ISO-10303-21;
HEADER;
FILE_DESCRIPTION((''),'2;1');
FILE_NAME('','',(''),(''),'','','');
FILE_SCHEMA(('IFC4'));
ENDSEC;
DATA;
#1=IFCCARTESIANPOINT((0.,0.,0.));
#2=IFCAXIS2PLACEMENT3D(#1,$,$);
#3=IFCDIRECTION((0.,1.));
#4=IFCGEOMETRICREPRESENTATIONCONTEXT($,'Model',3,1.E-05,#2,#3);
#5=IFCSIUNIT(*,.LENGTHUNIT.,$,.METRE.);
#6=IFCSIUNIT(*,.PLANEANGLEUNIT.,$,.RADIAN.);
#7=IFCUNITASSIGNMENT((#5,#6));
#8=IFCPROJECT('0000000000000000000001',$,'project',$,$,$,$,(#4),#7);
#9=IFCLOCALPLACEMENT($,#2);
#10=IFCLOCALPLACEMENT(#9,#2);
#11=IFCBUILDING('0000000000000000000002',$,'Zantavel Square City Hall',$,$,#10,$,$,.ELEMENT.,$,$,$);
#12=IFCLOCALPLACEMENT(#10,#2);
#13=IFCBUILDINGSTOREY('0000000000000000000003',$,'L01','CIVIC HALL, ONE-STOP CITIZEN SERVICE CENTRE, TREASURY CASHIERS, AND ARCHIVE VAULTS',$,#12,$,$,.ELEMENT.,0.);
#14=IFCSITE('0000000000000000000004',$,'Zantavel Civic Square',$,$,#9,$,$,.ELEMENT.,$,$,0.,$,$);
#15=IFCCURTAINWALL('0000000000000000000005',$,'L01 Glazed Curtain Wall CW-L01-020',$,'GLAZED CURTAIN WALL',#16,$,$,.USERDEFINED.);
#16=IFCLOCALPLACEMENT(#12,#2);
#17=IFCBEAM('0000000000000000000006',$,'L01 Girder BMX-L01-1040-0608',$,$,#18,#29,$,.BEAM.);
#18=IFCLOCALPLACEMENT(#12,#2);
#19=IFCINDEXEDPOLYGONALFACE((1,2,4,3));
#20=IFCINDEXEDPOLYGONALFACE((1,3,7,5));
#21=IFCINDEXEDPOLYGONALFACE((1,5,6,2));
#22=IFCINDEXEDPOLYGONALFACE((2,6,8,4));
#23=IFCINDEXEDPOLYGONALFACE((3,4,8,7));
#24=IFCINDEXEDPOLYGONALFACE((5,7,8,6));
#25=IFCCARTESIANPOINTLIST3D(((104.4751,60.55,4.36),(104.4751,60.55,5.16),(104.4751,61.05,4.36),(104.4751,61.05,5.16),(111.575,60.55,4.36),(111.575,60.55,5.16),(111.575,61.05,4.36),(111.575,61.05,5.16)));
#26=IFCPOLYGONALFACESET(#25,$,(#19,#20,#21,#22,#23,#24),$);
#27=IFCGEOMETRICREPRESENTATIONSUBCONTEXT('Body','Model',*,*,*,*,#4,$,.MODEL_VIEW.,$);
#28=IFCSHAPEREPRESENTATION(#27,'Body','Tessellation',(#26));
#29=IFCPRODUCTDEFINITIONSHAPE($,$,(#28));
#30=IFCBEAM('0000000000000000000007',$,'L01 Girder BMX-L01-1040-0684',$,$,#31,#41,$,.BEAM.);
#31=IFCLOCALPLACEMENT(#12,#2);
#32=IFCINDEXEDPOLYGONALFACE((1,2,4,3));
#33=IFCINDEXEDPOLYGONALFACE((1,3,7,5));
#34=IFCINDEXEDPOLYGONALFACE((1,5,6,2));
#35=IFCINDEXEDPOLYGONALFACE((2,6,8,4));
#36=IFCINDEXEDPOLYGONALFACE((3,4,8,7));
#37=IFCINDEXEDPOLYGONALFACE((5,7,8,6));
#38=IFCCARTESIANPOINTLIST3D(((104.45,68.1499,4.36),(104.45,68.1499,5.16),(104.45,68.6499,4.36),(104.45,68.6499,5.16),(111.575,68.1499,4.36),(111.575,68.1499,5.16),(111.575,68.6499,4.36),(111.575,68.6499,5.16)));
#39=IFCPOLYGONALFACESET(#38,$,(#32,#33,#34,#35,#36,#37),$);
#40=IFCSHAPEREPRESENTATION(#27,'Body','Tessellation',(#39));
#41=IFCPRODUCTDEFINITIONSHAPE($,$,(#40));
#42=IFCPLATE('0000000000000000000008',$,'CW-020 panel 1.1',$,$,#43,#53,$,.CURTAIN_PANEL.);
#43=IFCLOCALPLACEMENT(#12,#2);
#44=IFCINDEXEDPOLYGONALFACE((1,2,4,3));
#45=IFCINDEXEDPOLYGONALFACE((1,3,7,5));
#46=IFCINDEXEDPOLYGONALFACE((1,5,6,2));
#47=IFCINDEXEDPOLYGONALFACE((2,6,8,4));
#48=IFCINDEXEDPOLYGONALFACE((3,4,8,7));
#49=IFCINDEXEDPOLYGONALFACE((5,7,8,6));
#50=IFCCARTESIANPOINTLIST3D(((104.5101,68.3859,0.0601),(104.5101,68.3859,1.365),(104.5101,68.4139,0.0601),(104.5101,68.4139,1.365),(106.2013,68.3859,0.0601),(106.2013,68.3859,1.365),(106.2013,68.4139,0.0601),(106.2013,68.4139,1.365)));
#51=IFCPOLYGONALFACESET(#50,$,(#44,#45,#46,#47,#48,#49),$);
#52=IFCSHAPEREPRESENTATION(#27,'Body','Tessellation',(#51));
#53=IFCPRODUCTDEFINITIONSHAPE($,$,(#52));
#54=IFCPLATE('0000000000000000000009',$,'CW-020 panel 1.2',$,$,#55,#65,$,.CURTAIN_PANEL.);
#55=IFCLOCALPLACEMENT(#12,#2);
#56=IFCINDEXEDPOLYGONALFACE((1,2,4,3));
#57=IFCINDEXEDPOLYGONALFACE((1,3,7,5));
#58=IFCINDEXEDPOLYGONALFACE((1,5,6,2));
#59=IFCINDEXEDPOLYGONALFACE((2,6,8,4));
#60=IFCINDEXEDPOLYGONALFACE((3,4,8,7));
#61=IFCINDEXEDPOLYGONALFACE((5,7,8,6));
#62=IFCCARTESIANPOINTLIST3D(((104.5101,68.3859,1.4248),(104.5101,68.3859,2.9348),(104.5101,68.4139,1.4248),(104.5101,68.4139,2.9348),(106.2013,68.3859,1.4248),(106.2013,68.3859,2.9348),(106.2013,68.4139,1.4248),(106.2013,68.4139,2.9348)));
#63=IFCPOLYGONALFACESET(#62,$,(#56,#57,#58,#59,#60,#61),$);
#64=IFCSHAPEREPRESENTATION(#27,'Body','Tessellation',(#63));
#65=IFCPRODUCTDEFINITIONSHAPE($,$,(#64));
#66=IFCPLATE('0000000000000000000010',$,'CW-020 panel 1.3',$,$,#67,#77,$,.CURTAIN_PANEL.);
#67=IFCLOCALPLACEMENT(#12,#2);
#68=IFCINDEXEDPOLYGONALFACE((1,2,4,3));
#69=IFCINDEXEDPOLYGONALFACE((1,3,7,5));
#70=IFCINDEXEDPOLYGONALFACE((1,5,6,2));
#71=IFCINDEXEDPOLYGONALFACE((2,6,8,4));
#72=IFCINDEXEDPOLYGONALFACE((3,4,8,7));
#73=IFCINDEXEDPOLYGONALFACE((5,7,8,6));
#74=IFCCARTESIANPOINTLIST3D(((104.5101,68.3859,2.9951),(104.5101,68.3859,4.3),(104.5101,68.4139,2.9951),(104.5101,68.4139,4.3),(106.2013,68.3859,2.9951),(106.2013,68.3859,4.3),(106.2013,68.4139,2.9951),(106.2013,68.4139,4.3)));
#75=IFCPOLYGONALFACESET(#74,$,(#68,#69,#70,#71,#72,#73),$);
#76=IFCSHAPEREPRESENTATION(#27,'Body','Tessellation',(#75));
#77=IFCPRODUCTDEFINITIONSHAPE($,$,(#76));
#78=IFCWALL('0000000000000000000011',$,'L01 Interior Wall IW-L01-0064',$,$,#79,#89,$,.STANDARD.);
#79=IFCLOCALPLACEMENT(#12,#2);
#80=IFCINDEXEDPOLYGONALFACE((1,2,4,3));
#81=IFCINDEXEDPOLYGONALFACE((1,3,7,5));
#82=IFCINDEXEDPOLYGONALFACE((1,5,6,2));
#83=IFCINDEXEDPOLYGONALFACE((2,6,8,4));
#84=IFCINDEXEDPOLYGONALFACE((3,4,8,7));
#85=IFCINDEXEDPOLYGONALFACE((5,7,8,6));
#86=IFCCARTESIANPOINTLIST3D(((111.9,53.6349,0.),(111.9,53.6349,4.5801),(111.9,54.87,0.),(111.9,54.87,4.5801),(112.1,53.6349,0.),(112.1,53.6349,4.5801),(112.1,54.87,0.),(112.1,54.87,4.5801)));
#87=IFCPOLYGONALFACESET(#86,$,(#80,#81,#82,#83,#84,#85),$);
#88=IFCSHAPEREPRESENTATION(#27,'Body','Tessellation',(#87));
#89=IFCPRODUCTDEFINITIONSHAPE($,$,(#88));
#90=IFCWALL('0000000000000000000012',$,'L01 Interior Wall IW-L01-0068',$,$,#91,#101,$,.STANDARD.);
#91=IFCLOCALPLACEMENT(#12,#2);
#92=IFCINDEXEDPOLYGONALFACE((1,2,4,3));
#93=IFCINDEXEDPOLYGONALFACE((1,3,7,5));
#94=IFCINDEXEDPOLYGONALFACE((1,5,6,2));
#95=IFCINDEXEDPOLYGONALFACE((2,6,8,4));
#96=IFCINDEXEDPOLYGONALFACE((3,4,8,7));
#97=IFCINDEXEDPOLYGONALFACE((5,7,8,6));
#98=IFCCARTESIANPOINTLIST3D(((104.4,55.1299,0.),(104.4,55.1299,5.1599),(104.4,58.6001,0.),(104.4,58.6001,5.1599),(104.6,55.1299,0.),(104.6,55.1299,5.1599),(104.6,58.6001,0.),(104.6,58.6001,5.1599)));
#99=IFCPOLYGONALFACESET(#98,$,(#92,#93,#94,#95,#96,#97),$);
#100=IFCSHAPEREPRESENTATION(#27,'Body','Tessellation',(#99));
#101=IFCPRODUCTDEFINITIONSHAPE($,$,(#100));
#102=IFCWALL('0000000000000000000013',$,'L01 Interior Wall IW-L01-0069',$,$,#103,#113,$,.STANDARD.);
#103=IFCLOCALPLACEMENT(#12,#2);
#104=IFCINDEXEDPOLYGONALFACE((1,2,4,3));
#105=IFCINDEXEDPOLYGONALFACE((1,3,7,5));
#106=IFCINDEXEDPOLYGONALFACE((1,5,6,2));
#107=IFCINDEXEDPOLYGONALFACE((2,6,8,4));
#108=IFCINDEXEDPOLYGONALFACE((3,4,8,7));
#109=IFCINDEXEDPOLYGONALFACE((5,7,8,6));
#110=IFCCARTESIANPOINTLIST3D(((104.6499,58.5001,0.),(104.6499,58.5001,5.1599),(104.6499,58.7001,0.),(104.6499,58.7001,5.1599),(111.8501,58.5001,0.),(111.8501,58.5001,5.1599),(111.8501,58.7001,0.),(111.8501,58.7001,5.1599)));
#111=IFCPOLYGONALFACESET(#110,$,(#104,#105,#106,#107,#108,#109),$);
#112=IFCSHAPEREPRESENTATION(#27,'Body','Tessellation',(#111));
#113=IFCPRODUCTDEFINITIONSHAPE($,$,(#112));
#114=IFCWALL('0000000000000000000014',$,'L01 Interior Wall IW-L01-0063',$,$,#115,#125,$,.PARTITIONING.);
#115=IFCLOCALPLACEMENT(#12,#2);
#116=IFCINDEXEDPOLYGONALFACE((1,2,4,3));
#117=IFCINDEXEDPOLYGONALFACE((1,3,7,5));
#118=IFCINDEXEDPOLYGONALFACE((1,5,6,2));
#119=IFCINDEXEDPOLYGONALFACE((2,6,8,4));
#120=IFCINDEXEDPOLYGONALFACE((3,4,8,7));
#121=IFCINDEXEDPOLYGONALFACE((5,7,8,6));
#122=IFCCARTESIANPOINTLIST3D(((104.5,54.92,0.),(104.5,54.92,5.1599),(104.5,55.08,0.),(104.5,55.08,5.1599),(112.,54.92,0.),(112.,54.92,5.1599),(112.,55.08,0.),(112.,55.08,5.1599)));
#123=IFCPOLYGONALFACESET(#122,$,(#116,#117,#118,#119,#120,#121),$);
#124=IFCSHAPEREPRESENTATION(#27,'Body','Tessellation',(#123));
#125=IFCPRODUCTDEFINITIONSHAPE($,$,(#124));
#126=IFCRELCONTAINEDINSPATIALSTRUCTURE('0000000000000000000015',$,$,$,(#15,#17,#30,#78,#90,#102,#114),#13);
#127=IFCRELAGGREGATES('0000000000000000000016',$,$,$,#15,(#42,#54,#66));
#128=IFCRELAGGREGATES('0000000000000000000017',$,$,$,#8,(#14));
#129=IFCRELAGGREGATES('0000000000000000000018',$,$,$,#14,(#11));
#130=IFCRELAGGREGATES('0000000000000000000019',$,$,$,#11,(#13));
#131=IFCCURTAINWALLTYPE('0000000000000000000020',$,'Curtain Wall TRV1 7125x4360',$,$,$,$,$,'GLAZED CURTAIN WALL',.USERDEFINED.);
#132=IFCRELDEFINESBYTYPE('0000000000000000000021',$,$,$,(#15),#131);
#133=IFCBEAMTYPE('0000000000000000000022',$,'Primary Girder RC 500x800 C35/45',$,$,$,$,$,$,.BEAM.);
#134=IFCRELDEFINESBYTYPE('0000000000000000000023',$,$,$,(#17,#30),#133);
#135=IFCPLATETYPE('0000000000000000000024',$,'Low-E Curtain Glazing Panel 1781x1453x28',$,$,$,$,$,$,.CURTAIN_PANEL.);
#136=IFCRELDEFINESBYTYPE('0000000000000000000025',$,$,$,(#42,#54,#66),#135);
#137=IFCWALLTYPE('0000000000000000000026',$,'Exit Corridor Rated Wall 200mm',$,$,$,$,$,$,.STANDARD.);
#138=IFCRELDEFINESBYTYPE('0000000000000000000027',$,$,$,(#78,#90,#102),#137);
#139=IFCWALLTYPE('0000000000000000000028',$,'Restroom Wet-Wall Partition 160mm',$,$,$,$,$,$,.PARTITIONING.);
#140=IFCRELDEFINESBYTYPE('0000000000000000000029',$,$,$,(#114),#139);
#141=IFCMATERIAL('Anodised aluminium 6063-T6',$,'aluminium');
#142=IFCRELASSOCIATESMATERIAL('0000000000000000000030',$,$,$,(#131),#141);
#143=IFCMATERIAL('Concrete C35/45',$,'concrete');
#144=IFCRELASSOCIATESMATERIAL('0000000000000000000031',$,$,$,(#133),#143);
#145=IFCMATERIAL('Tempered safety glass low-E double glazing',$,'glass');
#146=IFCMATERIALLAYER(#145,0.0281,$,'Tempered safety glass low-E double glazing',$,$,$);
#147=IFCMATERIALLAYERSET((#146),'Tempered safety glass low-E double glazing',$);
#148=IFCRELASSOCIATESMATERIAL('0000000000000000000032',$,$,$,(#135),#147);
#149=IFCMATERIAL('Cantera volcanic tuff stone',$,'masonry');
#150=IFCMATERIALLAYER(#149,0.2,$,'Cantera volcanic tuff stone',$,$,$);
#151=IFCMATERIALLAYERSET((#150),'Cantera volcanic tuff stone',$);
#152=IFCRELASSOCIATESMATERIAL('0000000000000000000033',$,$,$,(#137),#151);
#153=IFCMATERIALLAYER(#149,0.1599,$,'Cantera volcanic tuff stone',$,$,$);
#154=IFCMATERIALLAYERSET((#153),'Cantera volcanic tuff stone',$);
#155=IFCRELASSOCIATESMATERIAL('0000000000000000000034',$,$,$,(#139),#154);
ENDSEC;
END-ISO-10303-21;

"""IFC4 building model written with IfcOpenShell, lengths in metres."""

from ifc_helpers import new_model, si_unit, direction, frame, frame_2d, origin, origin_2d, place, context, subcontext, project, spatial, rectangle, extrude, material, layer, layer_set, material_profile, profile_set, type_object, element, aggregate, save


model = new_model("IFC4")

# Units and contexts
model_context = context("Model", 3, precision=1e-05, world=origin(), true_north=direction((0.0, 1.0)))
body_context = subcontext(model_context, "Body", "Model", "MODEL_VIEW")
ifc_project = project(units=[si_unit("LENGTHUNIT", "METRE"), si_unit("PLANEANGLEUNIT", "RADIAN")], contexts=[model_context])

# Site, building, storey
site_placement = place(None, origin())
site = spatial("IfcSite", under=ifc_project, at=site_placement, Name="Zantavel Civic Square", CompositionType="ELEMENT", RefElevation=0.0)
building_placement = place(site_placement, origin())
building = spatial("IfcBuilding", under=site, at=building_placement, Name="Zantavel Square City Hall", CompositionType="ELEMENT")
storey_placement = place(building_placement, origin())
storey = spatial("IfcBuildingStorey", under=building, at=storey_placement, Name="L01", Description="CIVIC HALL, ONE-STOP CITIZEN SERVICE CENTRE, TREASURY CASHIERS, AND ARCHIVE VAULTS", CompositionType="ELEMENT", Elevation=0.0)

# Shared definitions
ifc_material_1 = material(Name="Concrete C35/45", Category="concrete")

# Curtain wall
ifc_material_2 = material(Name="Anodised aluminium 6063-T6", Category="aluminium")
curtain_wall_type = type_object("IfcCurtainWallType", Name="Curtain Wall TRV1 7125x4360", ElementType="GLAZED CURTAIN WALL", PredefinedType="USERDEFINED", material=ifc_material_2)
curtain_wall_placement = place(storey_placement, origin())
curtain_wall = element("IfcCurtainWall", 1, at=curtain_wall_placement, inside=storey, type_object=curtain_wall_type, Name="L01 Glazed Curtain Wall CW-L01-020", ObjectType="GLAZED CURTAIN WALL", PredefinedType="USERDEFINED")

# Beams
ifc_material_profile_1 = material_profile(ifc_material_1, rectangle(XDim=0.5, YDim=0.8, at=origin_2d()), Name="RC 500x800")
ifc_profile_set_1 = profile_set([ifc_material_profile_1], Name="Concrete C35/45")
beam_type_1 = type_object("IfcBeamType", Name="Primary Girder RC 500x800 C35/45", PredefinedType="BEAM", material=ifc_profile_set_1)
beam_1_placement = place(storey_placement, frame((104.4751, 60.8, 4.76), z_axis=(1.0, 0.0, 0.0), x_axis=(0.0, 1.0, 0.0)))
element("IfcBeam", 2, at=beam_1_placement, inside=storey, type_object=beam_type_1, Name="L01 Girder BMX-L01-1040-0608", PredefinedType="BEAM", context=body_context, shape_type="SweptSolid", body=[
    extrude(rectangle(XDim=0.5, YDim=0.8, at=origin_2d()), origin(), (0.0, 0.0, 1.0), 7.0999),
])
beam_2_placement = place(storey_placement, frame((104.45, 68.3999, 4.76), z_axis=(1.0, 0.0, 0.0), x_axis=(0.0, 1.0, 0.0)))
element("IfcBeam", 3, at=beam_2_placement, inside=storey, type_object=beam_type_1, Name="L01 Girder BMX-L01-1040-0684", PredefinedType="BEAM", context=body_context, shape_type="SweptSolid", body=[
    extrude(rectangle(XDim=0.5, YDim=0.8, at=origin_2d()), origin(), (0.0, 0.0, 1.0), 7.125),
])

# Plates
ifc_material_3 = material(Name="Tempered safety glass low-E double glazing", Category="glass")
ifc_layer_1 = layer(ifc_material_3, 0.0281, Name="Tempered safety glass low-E double glazing")
ifc_layer_set_1 = layer_set([ifc_layer_1], Name="Tempered safety glass low-E double glazing")
plate_type = type_object("IfcPlateType", Name="Low-E Curtain Glazing Panel 1781x1453x28", PredefinedType="CURTAIN_PANEL", material=ifc_layer_set_1)
plate_1_placement = place(storey_placement, frame((105.3557, 68.3999, 0.0601), z_axis=(0.0, 0.0, 1.0), x_axis=(1.0, 0.0, 0.0)))
plate_1 = element("IfcPlate", 4, at=plate_1_placement, type_object=plate_type, Name="CW-020 panel 1.1", PredefinedType="CURTAIN_PANEL", context=body_context, shape_type="SweptSolid", body=[
    extrude(rectangle(XDim=1.6912, YDim=0.0281, at=origin_2d()), origin(), (0.0, 0.0, 1.0), 1.3049),
])
plate_2_placement = place(storey_placement, frame((105.3557, 68.3999, 1.4248), z_axis=(0.0, 0.0, 1.0), x_axis=(1.0, 0.0, 0.0)))
plate_2 = element("IfcPlate", 5, at=plate_2_placement, type_object=plate_type, Name="CW-020 panel 1.2", PredefinedType="CURTAIN_PANEL", context=body_context, shape_type="SweptSolid", body=[
    extrude(rectangle(XDim=1.6912, YDim=0.0281, at=origin_2d()), origin(), (0.0, 0.0, 1.0), 1.51),
])
plate_3_placement = place(storey_placement, frame((105.3557, 68.3999, 2.9951), z_axis=(0.0, 0.0, 1.0), x_axis=(1.0, 0.0, 0.0)))
plate_3 = element("IfcPlate", 6, at=plate_3_placement, type_object=plate_type, Name="CW-020 panel 1.3", PredefinedType="CURTAIN_PANEL", context=body_context, shape_type="SweptSolid", body=[
    extrude(rectangle(XDim=1.6912, YDim=0.0281, at=origin_2d()), origin(), (0.0, 0.0, 1.0), 1.3049),
])
aggregate(curtain_wall, [plate_1, plate_2, plate_3])

# Wall
ifc_material_4 = material(Name="Cantera volcanic tuff stone", Category="masonry")
ifc_layer_2 = layer(ifc_material_4, 0.2, Name="Cantera volcanic tuff stone")
ifc_layer_set_2 = layer_set([ifc_layer_2], Name="Cantera volcanic tuff stone")
wall_type_1 = type_object("IfcWallType", Name="Exit Corridor Rated Wall 200mm", PredefinedType="STANDARD", material=ifc_layer_set_2)
wall_1_placement = place(storey_placement, frame((112.0, 54.8701, 0.0), z_axis=(0.0, 0.0, 1.0), x_axis=(0.0, -1.0, 0.0)))
element("IfcWall", 7, at=wall_1_placement, inside=storey, type_object=wall_type_1, Name="L01 Interior Wall IW-L01-0064", PredefinedType="STANDARD", context=body_context, shape_type="SweptSolid", body=[
    extrude(rectangle(XDim=1.2351, YDim=0.2, at=frame_2d((0.6177, 0.0))), origin(), (0.0, 0.0, 1.0), 4.5801),
])

# Walls
wall_2_placement = place(storey_placement, frame((104.5, 55.1299, 0.0), z_axis=(0.0, 0.0, 1.0), x_axis=(0.0, 1.0, 0.0)))
element("IfcWall", 8, at=wall_2_placement, inside=storey, type_object=wall_type_1, Name="L01 Interior Wall IW-L01-0068", PredefinedType="STANDARD", context=body_context, shape_type="SweptSolid", body=[
    extrude(rectangle(XDim=3.4702, YDim=0.2, at=frame_2d((1.7351, 0.0))), origin(), (0.0, 0.0, 1.0), 5.1599),
])
wall_3_placement = place(storey_placement, frame((104.6499, 58.6001, 0.0), z_axis=(0.0, 0.0, 1.0), x_axis=(1.0, 0.0, 0.0)))
element("IfcWall", 9, at=wall_3_placement, inside=storey, type_object=wall_type_1, Name="L01 Interior Wall IW-L01-0069", PredefinedType="STANDARD", context=body_context, shape_type="SweptSolid", body=[
    extrude(rectangle(XDim=7.2002, YDim=0.2, at=frame_2d((3.6001, 0.0))), origin(), (0.0, 0.0, 1.0), 5.1599),
])
ifc_layer_3 = layer(ifc_material_4, 0.1599, Name="Cantera volcanic tuff stone")
ifc_layer_set_3 = layer_set([ifc_layer_3], Name="Cantera volcanic tuff stone")
wall_type_2 = type_object("IfcWallType", Name="Restroom Wet-Wall Partition 160mm", PredefinedType="PARTITIONING", material=ifc_layer_set_3)
wall_4_placement = place(storey_placement, frame((104.5, 55.0, 0.0), z_axis=(0.0, 0.0, 1.0), x_axis=(1.0, 0.0, 0.0)))
element("IfcWall", 10, at=wall_4_placement, inside=storey, type_object=wall_type_2, Name="L01 Interior Wall IW-L01-0063", PredefinedType="PARTITIONING", context=body_context, shape_type="SweptSolid", body=[
    extrude(rectangle(XDim=7.5, YDim=0.1599, at=frame_2d((3.75, 0.0))), origin(), (0.0, 0.0, 1.0), 5.1599),
])

save(model, "model.ifc")
